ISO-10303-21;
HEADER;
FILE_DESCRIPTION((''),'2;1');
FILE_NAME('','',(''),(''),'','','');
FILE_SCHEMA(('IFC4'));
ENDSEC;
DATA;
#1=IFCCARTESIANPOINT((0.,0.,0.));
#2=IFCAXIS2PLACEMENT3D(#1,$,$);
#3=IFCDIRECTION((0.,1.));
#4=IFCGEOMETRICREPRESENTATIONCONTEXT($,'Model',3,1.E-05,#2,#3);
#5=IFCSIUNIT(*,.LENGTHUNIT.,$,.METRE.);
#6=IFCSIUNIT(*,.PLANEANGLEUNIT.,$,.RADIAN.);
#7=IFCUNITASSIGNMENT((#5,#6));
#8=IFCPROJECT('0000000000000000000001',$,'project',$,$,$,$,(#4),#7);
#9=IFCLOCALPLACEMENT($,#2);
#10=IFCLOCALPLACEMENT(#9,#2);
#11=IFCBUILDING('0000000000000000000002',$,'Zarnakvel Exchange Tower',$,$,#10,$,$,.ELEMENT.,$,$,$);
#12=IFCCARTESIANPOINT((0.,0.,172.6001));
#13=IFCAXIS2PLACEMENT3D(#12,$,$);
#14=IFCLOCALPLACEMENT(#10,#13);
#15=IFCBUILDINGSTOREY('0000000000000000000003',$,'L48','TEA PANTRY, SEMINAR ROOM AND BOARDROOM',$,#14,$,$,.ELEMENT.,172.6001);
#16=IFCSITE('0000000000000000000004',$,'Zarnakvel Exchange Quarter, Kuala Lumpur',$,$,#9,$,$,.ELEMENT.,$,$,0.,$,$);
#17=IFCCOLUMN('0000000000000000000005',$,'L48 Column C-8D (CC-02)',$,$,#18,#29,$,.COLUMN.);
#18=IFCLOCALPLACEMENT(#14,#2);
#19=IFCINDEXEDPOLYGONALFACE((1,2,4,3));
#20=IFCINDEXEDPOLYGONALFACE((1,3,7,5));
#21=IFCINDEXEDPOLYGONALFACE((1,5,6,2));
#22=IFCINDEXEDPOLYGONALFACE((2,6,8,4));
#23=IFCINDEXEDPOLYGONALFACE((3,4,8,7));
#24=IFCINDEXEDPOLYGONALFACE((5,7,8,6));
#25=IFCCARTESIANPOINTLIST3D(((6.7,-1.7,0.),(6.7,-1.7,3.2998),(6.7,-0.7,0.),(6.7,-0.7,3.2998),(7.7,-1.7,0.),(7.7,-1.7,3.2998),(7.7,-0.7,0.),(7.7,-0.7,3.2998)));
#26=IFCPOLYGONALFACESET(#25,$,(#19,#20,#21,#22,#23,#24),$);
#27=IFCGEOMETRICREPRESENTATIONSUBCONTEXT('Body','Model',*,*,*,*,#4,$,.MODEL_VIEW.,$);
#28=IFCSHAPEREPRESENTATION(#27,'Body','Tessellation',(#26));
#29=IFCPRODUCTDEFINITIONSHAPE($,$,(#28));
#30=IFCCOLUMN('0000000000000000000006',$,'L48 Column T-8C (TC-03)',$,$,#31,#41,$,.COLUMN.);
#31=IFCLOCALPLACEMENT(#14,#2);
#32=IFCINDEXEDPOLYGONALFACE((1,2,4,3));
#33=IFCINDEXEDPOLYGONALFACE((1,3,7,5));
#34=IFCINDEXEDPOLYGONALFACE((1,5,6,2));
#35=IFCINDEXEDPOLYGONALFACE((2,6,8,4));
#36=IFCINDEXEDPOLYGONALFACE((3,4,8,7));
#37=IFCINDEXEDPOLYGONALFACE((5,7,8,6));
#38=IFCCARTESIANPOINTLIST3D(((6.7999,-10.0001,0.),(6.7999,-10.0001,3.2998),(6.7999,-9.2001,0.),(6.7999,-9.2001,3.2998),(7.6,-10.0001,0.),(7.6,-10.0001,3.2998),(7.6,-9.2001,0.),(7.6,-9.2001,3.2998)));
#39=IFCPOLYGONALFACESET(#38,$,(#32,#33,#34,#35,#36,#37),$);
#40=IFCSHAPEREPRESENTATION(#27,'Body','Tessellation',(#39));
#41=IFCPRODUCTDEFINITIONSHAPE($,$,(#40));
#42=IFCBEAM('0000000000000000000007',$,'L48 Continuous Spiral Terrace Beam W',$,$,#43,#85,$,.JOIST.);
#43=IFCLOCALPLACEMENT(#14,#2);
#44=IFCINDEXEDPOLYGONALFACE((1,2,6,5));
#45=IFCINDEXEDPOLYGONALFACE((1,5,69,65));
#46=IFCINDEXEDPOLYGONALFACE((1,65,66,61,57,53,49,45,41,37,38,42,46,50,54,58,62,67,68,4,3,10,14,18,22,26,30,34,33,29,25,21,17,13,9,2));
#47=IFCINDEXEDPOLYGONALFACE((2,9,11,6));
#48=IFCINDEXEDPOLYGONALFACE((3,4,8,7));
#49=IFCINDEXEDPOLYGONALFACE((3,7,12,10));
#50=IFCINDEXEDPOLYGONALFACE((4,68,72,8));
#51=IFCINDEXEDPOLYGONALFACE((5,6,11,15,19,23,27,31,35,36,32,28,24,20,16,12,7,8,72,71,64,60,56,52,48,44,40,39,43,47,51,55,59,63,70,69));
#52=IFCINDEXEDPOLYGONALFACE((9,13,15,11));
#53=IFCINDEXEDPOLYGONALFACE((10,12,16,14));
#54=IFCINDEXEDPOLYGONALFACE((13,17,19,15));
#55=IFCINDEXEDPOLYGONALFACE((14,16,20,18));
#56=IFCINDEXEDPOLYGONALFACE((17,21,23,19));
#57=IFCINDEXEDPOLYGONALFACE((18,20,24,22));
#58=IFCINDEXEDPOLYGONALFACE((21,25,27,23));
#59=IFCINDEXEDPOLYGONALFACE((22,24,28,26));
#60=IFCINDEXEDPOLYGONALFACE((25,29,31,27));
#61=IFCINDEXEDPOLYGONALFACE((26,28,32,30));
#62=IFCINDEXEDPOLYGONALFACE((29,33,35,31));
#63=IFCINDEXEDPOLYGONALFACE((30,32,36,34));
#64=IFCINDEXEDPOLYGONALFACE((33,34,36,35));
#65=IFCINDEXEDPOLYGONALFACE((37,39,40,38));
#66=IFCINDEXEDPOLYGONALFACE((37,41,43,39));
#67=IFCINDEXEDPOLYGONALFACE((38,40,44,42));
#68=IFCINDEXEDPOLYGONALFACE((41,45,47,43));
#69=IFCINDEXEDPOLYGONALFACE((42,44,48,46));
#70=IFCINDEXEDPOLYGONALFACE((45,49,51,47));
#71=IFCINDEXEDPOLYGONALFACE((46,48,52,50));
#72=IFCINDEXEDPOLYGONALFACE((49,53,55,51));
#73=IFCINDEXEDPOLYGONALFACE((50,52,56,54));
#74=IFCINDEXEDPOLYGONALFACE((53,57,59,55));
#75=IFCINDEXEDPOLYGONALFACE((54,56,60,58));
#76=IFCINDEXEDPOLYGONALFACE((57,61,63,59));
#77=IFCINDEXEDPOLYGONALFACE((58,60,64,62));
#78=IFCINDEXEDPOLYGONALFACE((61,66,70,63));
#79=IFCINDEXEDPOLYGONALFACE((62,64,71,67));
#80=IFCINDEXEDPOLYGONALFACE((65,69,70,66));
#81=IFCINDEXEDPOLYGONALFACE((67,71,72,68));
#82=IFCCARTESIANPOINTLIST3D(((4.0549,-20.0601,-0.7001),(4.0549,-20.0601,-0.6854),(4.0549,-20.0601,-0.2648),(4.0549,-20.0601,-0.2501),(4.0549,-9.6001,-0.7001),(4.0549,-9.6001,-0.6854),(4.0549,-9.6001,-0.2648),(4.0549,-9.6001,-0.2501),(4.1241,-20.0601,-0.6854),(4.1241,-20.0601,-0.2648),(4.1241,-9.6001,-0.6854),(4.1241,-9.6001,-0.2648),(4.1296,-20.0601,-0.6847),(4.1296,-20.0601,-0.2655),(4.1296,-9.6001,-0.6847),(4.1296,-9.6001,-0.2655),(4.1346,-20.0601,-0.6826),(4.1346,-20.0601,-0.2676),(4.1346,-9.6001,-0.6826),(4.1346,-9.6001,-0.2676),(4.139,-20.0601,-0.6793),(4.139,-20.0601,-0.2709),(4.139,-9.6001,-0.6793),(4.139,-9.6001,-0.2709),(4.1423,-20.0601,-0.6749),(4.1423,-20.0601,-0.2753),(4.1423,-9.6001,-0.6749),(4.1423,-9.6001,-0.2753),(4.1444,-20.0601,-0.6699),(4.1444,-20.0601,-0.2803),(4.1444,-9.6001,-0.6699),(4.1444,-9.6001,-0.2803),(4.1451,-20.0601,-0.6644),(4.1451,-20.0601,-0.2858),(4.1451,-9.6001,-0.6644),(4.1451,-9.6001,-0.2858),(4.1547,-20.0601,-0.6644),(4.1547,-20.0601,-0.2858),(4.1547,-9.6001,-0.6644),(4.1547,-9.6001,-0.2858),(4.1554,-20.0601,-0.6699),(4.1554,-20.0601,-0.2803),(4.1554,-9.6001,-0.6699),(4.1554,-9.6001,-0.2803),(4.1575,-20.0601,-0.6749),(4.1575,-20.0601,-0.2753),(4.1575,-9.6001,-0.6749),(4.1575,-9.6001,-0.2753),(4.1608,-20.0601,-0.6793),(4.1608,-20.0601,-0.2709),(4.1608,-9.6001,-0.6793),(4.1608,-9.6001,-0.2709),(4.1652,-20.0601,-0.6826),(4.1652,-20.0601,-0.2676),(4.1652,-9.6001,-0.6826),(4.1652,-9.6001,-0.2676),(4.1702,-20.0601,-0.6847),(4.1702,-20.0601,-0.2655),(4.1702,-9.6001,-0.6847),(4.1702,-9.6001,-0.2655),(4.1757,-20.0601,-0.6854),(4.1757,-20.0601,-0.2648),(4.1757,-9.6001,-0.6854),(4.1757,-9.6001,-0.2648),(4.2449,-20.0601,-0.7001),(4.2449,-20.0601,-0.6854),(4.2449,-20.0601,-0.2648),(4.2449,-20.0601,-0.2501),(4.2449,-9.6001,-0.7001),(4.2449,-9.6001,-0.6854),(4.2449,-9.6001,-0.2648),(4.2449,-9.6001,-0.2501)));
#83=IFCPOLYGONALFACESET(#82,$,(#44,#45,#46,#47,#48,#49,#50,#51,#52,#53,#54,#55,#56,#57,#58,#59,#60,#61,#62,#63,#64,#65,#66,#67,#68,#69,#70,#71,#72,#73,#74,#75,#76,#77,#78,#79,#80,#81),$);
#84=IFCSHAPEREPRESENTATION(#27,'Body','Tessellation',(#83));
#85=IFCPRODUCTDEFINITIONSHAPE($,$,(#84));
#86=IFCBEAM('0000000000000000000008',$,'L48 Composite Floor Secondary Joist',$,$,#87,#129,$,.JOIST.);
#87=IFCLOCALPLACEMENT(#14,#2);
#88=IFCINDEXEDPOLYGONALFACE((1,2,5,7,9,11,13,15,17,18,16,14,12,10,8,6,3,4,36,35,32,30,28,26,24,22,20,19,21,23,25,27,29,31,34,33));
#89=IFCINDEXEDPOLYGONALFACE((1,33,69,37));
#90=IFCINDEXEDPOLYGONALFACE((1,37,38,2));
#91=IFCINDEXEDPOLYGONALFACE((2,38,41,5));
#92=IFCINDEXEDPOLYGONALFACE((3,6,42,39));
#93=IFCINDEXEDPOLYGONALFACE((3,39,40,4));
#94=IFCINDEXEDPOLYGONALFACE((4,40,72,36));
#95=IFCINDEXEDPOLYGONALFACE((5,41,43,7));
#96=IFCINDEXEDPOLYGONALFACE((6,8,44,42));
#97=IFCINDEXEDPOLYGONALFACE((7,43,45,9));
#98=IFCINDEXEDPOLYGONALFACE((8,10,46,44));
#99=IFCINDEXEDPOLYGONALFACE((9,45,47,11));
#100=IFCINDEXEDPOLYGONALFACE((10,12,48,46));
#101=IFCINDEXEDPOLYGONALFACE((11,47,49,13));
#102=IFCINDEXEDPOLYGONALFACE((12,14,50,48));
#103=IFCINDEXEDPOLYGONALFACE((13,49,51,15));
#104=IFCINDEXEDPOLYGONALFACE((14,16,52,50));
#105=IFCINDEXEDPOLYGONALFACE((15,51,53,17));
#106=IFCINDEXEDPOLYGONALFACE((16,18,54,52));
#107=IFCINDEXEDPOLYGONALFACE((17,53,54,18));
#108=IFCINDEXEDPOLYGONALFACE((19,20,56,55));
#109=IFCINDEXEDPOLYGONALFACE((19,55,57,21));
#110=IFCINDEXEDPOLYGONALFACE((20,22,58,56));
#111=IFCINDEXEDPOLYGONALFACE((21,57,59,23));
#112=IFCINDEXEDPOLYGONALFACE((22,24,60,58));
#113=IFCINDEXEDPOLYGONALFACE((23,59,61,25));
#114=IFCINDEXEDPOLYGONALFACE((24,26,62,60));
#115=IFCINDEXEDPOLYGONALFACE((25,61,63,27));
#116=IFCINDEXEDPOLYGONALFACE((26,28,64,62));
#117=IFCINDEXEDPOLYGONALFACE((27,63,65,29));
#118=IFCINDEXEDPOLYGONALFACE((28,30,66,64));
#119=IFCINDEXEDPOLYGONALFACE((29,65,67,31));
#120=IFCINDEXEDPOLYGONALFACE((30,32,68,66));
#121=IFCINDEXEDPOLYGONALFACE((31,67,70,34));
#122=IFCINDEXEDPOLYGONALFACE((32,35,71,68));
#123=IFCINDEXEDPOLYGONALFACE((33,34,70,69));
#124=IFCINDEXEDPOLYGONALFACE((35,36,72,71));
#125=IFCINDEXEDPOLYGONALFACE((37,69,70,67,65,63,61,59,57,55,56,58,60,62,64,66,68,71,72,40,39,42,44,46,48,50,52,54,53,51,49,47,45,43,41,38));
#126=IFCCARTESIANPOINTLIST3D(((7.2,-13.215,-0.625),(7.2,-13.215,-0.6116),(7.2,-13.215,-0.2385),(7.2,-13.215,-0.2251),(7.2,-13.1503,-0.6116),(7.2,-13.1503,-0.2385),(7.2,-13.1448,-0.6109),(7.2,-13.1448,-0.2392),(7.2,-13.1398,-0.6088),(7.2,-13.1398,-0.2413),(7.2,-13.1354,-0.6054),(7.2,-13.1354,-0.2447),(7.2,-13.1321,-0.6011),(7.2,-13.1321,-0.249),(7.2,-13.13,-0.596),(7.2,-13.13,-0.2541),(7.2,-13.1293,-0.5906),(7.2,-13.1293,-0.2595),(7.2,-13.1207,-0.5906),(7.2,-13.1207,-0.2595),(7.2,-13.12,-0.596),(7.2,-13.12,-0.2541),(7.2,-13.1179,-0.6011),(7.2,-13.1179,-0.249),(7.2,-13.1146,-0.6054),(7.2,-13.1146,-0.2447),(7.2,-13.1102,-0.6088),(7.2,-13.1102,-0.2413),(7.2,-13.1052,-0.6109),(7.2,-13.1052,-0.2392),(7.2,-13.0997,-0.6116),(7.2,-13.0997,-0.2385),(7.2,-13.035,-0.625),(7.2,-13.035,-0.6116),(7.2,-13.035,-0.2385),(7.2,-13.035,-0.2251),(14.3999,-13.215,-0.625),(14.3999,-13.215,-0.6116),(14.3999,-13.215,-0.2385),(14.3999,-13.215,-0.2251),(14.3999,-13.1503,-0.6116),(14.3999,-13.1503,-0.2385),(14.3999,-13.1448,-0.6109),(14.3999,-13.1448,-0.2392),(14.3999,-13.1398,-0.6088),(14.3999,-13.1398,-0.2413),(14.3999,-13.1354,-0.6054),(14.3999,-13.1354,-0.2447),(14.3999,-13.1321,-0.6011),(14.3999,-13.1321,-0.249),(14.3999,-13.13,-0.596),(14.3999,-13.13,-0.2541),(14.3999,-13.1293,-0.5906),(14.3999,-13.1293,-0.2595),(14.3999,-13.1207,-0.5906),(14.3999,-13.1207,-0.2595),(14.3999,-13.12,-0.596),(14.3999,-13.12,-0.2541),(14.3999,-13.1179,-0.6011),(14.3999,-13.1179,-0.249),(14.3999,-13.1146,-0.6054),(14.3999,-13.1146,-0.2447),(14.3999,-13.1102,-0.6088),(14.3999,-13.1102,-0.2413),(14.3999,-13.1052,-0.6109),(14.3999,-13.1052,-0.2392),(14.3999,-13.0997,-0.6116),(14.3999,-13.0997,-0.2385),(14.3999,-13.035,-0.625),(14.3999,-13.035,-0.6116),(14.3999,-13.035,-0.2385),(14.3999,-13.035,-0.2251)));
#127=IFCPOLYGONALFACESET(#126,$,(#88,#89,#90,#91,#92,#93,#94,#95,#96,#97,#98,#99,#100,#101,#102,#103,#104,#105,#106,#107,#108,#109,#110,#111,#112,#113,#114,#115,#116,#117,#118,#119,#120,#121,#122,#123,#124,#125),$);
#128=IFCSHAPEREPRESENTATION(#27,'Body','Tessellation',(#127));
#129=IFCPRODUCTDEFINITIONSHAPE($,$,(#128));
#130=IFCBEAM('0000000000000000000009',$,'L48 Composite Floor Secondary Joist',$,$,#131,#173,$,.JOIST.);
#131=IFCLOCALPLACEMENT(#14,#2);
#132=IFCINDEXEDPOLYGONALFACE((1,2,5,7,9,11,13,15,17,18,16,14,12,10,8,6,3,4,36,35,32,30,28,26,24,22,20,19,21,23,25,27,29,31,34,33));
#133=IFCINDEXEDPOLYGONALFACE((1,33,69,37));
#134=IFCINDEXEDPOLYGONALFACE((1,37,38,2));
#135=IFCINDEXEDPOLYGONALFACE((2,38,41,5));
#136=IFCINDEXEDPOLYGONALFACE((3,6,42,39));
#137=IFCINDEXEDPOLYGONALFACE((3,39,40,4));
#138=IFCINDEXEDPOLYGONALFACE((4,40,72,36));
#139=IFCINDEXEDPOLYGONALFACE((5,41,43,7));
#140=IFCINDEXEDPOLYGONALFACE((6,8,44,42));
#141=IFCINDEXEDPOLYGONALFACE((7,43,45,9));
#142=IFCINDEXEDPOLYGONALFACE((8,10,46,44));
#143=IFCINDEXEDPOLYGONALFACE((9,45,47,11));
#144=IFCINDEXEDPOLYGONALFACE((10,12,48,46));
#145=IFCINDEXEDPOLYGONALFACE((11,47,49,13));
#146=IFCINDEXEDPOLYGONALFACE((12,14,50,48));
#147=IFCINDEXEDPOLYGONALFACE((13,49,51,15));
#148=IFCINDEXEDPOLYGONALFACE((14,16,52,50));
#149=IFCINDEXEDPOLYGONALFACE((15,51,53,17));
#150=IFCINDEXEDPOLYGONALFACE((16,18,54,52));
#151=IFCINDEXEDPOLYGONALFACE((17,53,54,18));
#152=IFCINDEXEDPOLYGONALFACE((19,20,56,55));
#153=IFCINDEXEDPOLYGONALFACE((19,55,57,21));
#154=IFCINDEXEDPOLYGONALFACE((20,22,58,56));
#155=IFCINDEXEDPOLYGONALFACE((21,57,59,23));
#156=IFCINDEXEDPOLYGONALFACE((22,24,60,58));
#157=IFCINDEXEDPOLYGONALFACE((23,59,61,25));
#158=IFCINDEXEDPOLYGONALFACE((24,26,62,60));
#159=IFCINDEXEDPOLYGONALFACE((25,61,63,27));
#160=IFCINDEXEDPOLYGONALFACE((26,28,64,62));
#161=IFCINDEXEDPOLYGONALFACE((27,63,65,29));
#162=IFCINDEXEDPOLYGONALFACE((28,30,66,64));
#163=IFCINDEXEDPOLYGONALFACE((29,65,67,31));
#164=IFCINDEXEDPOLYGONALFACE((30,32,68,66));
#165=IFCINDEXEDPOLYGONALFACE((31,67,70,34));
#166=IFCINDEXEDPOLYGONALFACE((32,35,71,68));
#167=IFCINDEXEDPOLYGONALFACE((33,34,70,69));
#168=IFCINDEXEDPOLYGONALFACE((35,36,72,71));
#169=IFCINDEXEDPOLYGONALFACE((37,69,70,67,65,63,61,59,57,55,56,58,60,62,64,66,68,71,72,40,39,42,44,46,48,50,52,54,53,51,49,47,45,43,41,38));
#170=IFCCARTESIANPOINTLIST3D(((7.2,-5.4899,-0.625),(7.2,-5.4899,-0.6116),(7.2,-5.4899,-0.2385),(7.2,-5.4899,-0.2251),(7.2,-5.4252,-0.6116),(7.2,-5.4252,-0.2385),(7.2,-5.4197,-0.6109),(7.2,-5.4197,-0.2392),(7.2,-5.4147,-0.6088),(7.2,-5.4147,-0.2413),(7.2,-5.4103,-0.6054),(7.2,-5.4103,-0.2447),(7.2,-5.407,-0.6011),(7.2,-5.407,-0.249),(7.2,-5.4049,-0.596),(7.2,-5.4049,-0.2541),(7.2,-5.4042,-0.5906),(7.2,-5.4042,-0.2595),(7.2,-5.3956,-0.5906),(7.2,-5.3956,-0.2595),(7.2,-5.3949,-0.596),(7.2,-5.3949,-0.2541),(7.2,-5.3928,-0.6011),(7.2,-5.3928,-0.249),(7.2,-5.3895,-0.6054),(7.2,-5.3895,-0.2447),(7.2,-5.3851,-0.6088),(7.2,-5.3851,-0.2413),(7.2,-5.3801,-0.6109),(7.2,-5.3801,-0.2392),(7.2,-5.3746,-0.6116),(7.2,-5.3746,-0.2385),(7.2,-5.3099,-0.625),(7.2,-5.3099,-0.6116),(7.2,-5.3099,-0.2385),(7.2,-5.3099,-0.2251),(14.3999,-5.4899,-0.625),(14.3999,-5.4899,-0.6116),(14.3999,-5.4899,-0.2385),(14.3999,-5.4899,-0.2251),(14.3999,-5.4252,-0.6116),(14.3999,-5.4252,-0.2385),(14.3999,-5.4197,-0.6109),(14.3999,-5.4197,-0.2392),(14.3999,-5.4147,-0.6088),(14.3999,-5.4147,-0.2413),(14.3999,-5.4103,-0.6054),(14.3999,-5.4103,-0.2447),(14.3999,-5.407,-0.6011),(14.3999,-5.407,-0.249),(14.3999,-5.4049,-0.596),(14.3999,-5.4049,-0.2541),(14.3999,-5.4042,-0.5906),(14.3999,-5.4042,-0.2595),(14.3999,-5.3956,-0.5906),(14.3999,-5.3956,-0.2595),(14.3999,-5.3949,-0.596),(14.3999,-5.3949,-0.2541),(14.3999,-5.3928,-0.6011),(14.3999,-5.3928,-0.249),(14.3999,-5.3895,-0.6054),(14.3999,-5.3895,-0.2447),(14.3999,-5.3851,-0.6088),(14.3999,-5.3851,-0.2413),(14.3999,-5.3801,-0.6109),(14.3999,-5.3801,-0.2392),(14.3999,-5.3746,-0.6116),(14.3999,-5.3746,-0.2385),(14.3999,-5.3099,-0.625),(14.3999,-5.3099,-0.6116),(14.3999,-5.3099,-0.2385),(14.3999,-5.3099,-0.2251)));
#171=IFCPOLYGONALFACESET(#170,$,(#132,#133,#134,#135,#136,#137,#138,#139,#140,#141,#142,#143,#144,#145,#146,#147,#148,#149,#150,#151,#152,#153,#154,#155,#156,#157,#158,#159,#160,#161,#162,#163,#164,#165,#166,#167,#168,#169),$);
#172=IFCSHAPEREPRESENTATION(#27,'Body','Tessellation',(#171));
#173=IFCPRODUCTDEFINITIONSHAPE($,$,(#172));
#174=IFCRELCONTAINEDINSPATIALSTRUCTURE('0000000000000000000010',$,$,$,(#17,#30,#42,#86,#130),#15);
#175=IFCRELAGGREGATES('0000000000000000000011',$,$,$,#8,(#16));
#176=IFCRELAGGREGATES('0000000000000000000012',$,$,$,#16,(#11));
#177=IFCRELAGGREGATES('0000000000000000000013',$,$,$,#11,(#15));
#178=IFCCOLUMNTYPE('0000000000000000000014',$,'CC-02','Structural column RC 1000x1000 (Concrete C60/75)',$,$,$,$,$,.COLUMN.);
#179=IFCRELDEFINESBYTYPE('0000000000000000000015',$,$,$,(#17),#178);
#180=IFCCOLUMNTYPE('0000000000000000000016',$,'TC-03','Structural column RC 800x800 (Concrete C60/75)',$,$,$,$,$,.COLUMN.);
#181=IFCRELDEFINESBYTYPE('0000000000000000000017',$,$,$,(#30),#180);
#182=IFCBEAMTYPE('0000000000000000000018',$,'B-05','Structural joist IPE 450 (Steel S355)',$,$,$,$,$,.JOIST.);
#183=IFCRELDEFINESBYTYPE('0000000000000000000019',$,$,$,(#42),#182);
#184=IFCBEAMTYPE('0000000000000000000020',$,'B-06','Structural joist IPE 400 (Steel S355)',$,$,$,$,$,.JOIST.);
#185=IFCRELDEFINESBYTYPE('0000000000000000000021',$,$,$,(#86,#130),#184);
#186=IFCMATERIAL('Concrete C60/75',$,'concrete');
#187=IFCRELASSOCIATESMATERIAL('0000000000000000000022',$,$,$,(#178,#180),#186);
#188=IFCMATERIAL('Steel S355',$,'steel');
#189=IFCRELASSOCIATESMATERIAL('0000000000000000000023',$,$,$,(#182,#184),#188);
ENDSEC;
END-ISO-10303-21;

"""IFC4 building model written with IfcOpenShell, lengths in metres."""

from ifc_helpers import new_model, si_unit, direction, frame, origin, origin_2d, place, context, subcontext, project, spatial, rectangle, i_section, extrude, material, material_profile, profile_set, type_object, element, save


model = new_model("IFC4")

# Units and contexts
model_context = context("Model", 3, precision=1e-05, world=origin(), true_north=direction((0.0, 1.0)))
body_context = subcontext(model_context, "Body", "Model", "MODEL_VIEW")
ifc_project = project(units=[si_unit("LENGTHUNIT", "METRE"), si_unit("PLANEANGLEUNIT", "RADIAN")], contexts=[model_context])

# Site, building, storey
site_placement = place(None, origin())
site = spatial("IfcSite", under=ifc_project, at=site_placement, Name="Zarnakvel Exchange Quarter, Kuala Lumpur", CompositionType="ELEMENT", RefElevation=0.0)
building_placement = place(site_placement, origin())
building = spatial("IfcBuilding", under=site, at=building_placement, Name="Zarnakvel Exchange Tower", CompositionType="ELEMENT")
storey_placement = place(building_placement, frame((0.0, 0.0, 172.6001)))
storey = spatial("IfcBuildingStorey", under=building, at=storey_placement, Name="L48", Description="TEA PANTRY, SEMINAR ROOM AND BOARDROOM", CompositionType="ELEMENT", Elevation=172.6001)

# Columns
ifc_material_1 = material(Name="Concrete C60/75", Category="concrete")
ifc_material_profile_1 = material_profile(ifc_material_1, rectangle(XDim=1.0, YDim=1.0, at=origin_2d()))
ifc_profile_set_1 = profile_set([ifc_material_profile_1], Name="Concrete C60/75")
column_type_1 = type_object("IfcColumnType", Name="CC-02", Description="Structural column RC 1000x1000 (Concrete C60/75)", PredefinedType="COLUMN", material=ifc_profile_set_1)
column_1_placement = place(storey_placement, frame((7.2, -1.2, 0.0), z_axis=(0.0, 0.0, 1.0), x_axis=(1.0, 0.0, 0.0)))
element("IfcColumn", 1, at=column_1_placement, inside=storey, type_object=column_type_1, Name="L48 Column C-8D (CC-02)", PredefinedType="COLUMN", context=body_context, shape_type="SweptSolid", body=[
    extrude(rectangle(XDim=1.0, YDim=1.0, at=origin_2d()), origin(), (0.0, 0.0, 1.0), 3.2998),
])
ifc_material_profile_2 = material_profile(ifc_material_1, rectangle(XDim=0.8, YDim=0.8, at=origin_2d()))
ifc_profile_set_2 = profile_set([ifc_material_profile_2], Name="Concrete C60/75")
column_type_2 = type_object("IfcColumnType", Name="TC-03", Description="Structural column RC 800x800 (Concrete C60/75)", PredefinedType="COLUMN", material=ifc_profile_set_2)
column_2_placement = place(storey_placement, frame((7.2, -9.6001, 0.0), z_axis=(0.0, 0.0, 1.0), x_axis=(1.0, 0.0, 0.0)))
element("IfcColumn", 2, at=column_2_placement, inside=storey, type_object=column_type_2, Name="L48 Column T-8C (TC-03)", PredefinedType="COLUMN", context=body_context, shape_type="SweptSolid", body=[
    extrude(rectangle(XDim=0.8, YDim=0.8, at=origin_2d()), origin(), (0.0, 0.0, 1.0), 3.2998),
])

# Beams
ifc_material_2 = material(Name="Steel S355", Category="steel")
ifc_material_profile_3 = material_profile(ifc_material_2, i_section(OverallWidth=0.1899, OverallDepth=0.45, WebThickness=0.0095, FlangeThickness=0.0146, FilletRadius=0.021, at=origin_2d()))
ifc_profile_set_3 = profile_set([ifc_material_profile_3], Name="Steel S355")
beam_type_1 = type_object("IfcBeamType", Name="B-05", Description="Structural joist IPE 450 (Steel S355)", PredefinedType="JOIST", material=ifc_profile_set_3)
beam_1_placement = place(storey_placement, frame((4.1499, -9.6001, -0.4751), z_axis=(0.0, -1.0, 0.0), x_axis=(1.0, 0.0, 0.0)))
element("IfcBeam", 3, at=beam_1_placement, inside=storey, type_object=beam_type_1, Name="L48 Continuous Spiral Terrace Beam W", PredefinedType="JOIST", context=body_context, shape_type="SweptSolid", body=[
    extrude(i_section(OverallWidth=0.1899, OverallDepth=0.45, WebThickness=0.0095, FlangeThickness=0.0146, FilletRadius=0.021, at=origin_2d()), origin(), (0.0, 0.0, 1.0), 10.46),
])
ifc_material_profile_4 = material_profile(ifc_material_2, i_section(OverallWidth=0.1799, OverallDepth=0.3999, WebThickness=0.0085, FlangeThickness=0.0134, FilletRadius=0.021, at=origin_2d()))
ifc_profile_set_4 = profile_set([ifc_material_profile_4], Name="Steel S355")
beam_type_2 = type_object("IfcBeamType", Name="B-06", Description="Structural joist IPE 400 (Steel S355)", PredefinedType="JOIST", material=ifc_profile_set_4)
for number, where, z_axis, x_axis, name in (
    (4, (7.2, -13.125, -0.425), (1.0, 0.0, 0.0), (0.0, 1.0, 0.0), "L48 Composite Floor Secondary Joist"),
    (5, (7.2, -5.3999, -0.425), (1.0, 0.0, 0.0), (0.0, 1.0, 0.0), "L48 Composite Floor Secondary Joist"),
):
    element("IfcBeam", number, at=place(storey_placement, frame(where, z_axis=z_axis, x_axis=x_axis)), inside=storey, type_object=beam_type_2, Name=name, PredefinedType="JOIST", context=body_context, shape_type="SweptSolid", body=[
        extrude(i_section(OverallWidth=0.1799, OverallDepth=0.3999, WebThickness=0.0085, FlangeThickness=0.0134, FilletRadius=0.021, at=origin_2d()), origin(), (0.0, 0.0, 1.0), 7.2),
    ])

save(model, "model.ifc")
